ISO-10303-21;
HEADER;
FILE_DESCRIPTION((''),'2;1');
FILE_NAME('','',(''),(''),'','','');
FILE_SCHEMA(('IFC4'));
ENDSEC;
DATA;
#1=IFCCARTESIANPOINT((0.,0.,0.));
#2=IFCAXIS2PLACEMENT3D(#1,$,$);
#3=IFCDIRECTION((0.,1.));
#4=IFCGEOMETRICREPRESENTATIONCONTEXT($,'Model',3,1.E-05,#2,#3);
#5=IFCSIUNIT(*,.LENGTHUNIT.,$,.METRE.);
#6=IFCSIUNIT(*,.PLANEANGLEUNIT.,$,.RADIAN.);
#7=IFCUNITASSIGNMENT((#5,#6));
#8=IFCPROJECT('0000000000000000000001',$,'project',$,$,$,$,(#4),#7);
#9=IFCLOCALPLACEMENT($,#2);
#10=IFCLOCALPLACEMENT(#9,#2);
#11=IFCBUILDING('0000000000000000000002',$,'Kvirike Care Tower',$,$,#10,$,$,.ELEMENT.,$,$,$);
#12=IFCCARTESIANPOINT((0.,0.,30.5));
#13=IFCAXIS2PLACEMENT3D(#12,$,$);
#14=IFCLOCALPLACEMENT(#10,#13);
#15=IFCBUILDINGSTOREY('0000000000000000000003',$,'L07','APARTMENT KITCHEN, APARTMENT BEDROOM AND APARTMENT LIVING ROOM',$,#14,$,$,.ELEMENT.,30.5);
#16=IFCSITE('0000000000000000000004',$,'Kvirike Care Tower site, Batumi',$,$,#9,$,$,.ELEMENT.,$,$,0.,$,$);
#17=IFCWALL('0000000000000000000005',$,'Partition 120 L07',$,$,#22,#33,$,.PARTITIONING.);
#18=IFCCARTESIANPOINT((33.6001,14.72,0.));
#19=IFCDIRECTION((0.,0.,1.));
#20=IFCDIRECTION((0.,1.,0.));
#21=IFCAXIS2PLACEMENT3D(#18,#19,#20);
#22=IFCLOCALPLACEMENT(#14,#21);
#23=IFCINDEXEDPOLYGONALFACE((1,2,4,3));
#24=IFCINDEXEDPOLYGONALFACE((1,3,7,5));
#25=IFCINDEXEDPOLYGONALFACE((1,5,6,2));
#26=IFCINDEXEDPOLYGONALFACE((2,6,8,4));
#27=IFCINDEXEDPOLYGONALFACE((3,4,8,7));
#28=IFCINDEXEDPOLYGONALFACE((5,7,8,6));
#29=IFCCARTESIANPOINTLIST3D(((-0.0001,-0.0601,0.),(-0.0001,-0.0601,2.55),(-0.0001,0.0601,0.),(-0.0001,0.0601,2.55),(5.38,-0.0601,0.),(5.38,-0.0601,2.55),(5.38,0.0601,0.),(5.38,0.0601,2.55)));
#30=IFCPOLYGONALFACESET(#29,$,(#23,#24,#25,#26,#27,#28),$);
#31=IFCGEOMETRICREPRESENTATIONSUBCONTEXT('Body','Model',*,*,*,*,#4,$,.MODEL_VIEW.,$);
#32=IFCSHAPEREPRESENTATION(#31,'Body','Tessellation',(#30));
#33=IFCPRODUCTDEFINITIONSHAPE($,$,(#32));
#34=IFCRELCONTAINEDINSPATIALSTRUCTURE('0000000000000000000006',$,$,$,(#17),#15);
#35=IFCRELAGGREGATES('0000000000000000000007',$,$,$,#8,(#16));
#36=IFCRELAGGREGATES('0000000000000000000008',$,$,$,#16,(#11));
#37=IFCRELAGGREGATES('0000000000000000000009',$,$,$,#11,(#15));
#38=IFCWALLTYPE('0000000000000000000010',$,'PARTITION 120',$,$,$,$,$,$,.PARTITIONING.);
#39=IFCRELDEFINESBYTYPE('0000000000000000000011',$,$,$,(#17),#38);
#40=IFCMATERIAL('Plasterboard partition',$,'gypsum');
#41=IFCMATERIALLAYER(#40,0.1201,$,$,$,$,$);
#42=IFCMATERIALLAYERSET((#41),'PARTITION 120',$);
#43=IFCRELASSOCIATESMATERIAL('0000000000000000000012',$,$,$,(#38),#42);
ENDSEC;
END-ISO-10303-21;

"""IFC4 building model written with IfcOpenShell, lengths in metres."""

from ifc_helpers import new_model, si_unit, direction, frame, frame_2d, origin, place, context, subcontext, project, spatial, rectangle, extrude, material, layer, layer_set, type_object, element, save


model = new_model("IFC4")

# Units and contexts
model_context = context("Model", 3, precision=1e-05, world=origin(), true_north=direction((0.0, 1.0)))
body_context = subcontext(model_context, "Body", "Model", "MODEL_VIEW")
ifc_project = project(units=[si_unit("LENGTHUNIT", "METRE"), si_unit("PLANEANGLEUNIT", "RADIAN")], contexts=[model_context])

# Site, building, storey
site_placement = place(None, origin())
site = spatial("IfcSite", under=ifc_project, at=site_placement, Name="Kvirike Care Tower site, Batumi", CompositionType="ELEMENT", RefElevation=0.0)
building_placement = place(site_placement, origin())
building = spatial("IfcBuilding", under=site, at=building_placement, Name="Kvirike Care Tower", CompositionType="ELEMENT")
storey_placement = place(building_placement, frame((0.0, 0.0, 30.5)))
storey = spatial("IfcBuildingStorey", under=building, at=storey_placement, Name="L07", Description="APARTMENT KITCHEN, APARTMENT BEDROOM AND APARTMENT LIVING ROOM", CompositionType="ELEMENT", Elevation=30.5)

# Wall
ifc_material_1 = material(Name="Plasterboard partition", Category="gypsum")
ifc_layer_1 = layer(ifc_material_1, 0.1201)
ifc_layer_set_1 = layer_set([ifc_layer_1], Name="PARTITION 120")
wall_type_1 = type_object("IfcWallType", Name="PARTITION 120", PredefinedType="PARTITIONING", material=ifc_layer_set_1)
wall_1_placement = place(storey_placement, frame((33.6001, 14.72, 0.0), z_axis=(0.0, 0.0, 1.0), x_axis=(0.0, 1.0, 0.0)))
element("IfcWall", 1, at=wall_1_placement, inside=storey, type_object=wall_type_1, Name="Partition 120 L07", PredefinedType="PARTITIONING", context=body_context, shape_type="SweptSolid", body=[
    extrude(rectangle(XDim=5.3801, YDim=0.1201, at=frame_2d((2.6899, 0.0))), origin(), (0.0, 0.0, 1.0), 2.55),
])

save(model, "model.ifc")
